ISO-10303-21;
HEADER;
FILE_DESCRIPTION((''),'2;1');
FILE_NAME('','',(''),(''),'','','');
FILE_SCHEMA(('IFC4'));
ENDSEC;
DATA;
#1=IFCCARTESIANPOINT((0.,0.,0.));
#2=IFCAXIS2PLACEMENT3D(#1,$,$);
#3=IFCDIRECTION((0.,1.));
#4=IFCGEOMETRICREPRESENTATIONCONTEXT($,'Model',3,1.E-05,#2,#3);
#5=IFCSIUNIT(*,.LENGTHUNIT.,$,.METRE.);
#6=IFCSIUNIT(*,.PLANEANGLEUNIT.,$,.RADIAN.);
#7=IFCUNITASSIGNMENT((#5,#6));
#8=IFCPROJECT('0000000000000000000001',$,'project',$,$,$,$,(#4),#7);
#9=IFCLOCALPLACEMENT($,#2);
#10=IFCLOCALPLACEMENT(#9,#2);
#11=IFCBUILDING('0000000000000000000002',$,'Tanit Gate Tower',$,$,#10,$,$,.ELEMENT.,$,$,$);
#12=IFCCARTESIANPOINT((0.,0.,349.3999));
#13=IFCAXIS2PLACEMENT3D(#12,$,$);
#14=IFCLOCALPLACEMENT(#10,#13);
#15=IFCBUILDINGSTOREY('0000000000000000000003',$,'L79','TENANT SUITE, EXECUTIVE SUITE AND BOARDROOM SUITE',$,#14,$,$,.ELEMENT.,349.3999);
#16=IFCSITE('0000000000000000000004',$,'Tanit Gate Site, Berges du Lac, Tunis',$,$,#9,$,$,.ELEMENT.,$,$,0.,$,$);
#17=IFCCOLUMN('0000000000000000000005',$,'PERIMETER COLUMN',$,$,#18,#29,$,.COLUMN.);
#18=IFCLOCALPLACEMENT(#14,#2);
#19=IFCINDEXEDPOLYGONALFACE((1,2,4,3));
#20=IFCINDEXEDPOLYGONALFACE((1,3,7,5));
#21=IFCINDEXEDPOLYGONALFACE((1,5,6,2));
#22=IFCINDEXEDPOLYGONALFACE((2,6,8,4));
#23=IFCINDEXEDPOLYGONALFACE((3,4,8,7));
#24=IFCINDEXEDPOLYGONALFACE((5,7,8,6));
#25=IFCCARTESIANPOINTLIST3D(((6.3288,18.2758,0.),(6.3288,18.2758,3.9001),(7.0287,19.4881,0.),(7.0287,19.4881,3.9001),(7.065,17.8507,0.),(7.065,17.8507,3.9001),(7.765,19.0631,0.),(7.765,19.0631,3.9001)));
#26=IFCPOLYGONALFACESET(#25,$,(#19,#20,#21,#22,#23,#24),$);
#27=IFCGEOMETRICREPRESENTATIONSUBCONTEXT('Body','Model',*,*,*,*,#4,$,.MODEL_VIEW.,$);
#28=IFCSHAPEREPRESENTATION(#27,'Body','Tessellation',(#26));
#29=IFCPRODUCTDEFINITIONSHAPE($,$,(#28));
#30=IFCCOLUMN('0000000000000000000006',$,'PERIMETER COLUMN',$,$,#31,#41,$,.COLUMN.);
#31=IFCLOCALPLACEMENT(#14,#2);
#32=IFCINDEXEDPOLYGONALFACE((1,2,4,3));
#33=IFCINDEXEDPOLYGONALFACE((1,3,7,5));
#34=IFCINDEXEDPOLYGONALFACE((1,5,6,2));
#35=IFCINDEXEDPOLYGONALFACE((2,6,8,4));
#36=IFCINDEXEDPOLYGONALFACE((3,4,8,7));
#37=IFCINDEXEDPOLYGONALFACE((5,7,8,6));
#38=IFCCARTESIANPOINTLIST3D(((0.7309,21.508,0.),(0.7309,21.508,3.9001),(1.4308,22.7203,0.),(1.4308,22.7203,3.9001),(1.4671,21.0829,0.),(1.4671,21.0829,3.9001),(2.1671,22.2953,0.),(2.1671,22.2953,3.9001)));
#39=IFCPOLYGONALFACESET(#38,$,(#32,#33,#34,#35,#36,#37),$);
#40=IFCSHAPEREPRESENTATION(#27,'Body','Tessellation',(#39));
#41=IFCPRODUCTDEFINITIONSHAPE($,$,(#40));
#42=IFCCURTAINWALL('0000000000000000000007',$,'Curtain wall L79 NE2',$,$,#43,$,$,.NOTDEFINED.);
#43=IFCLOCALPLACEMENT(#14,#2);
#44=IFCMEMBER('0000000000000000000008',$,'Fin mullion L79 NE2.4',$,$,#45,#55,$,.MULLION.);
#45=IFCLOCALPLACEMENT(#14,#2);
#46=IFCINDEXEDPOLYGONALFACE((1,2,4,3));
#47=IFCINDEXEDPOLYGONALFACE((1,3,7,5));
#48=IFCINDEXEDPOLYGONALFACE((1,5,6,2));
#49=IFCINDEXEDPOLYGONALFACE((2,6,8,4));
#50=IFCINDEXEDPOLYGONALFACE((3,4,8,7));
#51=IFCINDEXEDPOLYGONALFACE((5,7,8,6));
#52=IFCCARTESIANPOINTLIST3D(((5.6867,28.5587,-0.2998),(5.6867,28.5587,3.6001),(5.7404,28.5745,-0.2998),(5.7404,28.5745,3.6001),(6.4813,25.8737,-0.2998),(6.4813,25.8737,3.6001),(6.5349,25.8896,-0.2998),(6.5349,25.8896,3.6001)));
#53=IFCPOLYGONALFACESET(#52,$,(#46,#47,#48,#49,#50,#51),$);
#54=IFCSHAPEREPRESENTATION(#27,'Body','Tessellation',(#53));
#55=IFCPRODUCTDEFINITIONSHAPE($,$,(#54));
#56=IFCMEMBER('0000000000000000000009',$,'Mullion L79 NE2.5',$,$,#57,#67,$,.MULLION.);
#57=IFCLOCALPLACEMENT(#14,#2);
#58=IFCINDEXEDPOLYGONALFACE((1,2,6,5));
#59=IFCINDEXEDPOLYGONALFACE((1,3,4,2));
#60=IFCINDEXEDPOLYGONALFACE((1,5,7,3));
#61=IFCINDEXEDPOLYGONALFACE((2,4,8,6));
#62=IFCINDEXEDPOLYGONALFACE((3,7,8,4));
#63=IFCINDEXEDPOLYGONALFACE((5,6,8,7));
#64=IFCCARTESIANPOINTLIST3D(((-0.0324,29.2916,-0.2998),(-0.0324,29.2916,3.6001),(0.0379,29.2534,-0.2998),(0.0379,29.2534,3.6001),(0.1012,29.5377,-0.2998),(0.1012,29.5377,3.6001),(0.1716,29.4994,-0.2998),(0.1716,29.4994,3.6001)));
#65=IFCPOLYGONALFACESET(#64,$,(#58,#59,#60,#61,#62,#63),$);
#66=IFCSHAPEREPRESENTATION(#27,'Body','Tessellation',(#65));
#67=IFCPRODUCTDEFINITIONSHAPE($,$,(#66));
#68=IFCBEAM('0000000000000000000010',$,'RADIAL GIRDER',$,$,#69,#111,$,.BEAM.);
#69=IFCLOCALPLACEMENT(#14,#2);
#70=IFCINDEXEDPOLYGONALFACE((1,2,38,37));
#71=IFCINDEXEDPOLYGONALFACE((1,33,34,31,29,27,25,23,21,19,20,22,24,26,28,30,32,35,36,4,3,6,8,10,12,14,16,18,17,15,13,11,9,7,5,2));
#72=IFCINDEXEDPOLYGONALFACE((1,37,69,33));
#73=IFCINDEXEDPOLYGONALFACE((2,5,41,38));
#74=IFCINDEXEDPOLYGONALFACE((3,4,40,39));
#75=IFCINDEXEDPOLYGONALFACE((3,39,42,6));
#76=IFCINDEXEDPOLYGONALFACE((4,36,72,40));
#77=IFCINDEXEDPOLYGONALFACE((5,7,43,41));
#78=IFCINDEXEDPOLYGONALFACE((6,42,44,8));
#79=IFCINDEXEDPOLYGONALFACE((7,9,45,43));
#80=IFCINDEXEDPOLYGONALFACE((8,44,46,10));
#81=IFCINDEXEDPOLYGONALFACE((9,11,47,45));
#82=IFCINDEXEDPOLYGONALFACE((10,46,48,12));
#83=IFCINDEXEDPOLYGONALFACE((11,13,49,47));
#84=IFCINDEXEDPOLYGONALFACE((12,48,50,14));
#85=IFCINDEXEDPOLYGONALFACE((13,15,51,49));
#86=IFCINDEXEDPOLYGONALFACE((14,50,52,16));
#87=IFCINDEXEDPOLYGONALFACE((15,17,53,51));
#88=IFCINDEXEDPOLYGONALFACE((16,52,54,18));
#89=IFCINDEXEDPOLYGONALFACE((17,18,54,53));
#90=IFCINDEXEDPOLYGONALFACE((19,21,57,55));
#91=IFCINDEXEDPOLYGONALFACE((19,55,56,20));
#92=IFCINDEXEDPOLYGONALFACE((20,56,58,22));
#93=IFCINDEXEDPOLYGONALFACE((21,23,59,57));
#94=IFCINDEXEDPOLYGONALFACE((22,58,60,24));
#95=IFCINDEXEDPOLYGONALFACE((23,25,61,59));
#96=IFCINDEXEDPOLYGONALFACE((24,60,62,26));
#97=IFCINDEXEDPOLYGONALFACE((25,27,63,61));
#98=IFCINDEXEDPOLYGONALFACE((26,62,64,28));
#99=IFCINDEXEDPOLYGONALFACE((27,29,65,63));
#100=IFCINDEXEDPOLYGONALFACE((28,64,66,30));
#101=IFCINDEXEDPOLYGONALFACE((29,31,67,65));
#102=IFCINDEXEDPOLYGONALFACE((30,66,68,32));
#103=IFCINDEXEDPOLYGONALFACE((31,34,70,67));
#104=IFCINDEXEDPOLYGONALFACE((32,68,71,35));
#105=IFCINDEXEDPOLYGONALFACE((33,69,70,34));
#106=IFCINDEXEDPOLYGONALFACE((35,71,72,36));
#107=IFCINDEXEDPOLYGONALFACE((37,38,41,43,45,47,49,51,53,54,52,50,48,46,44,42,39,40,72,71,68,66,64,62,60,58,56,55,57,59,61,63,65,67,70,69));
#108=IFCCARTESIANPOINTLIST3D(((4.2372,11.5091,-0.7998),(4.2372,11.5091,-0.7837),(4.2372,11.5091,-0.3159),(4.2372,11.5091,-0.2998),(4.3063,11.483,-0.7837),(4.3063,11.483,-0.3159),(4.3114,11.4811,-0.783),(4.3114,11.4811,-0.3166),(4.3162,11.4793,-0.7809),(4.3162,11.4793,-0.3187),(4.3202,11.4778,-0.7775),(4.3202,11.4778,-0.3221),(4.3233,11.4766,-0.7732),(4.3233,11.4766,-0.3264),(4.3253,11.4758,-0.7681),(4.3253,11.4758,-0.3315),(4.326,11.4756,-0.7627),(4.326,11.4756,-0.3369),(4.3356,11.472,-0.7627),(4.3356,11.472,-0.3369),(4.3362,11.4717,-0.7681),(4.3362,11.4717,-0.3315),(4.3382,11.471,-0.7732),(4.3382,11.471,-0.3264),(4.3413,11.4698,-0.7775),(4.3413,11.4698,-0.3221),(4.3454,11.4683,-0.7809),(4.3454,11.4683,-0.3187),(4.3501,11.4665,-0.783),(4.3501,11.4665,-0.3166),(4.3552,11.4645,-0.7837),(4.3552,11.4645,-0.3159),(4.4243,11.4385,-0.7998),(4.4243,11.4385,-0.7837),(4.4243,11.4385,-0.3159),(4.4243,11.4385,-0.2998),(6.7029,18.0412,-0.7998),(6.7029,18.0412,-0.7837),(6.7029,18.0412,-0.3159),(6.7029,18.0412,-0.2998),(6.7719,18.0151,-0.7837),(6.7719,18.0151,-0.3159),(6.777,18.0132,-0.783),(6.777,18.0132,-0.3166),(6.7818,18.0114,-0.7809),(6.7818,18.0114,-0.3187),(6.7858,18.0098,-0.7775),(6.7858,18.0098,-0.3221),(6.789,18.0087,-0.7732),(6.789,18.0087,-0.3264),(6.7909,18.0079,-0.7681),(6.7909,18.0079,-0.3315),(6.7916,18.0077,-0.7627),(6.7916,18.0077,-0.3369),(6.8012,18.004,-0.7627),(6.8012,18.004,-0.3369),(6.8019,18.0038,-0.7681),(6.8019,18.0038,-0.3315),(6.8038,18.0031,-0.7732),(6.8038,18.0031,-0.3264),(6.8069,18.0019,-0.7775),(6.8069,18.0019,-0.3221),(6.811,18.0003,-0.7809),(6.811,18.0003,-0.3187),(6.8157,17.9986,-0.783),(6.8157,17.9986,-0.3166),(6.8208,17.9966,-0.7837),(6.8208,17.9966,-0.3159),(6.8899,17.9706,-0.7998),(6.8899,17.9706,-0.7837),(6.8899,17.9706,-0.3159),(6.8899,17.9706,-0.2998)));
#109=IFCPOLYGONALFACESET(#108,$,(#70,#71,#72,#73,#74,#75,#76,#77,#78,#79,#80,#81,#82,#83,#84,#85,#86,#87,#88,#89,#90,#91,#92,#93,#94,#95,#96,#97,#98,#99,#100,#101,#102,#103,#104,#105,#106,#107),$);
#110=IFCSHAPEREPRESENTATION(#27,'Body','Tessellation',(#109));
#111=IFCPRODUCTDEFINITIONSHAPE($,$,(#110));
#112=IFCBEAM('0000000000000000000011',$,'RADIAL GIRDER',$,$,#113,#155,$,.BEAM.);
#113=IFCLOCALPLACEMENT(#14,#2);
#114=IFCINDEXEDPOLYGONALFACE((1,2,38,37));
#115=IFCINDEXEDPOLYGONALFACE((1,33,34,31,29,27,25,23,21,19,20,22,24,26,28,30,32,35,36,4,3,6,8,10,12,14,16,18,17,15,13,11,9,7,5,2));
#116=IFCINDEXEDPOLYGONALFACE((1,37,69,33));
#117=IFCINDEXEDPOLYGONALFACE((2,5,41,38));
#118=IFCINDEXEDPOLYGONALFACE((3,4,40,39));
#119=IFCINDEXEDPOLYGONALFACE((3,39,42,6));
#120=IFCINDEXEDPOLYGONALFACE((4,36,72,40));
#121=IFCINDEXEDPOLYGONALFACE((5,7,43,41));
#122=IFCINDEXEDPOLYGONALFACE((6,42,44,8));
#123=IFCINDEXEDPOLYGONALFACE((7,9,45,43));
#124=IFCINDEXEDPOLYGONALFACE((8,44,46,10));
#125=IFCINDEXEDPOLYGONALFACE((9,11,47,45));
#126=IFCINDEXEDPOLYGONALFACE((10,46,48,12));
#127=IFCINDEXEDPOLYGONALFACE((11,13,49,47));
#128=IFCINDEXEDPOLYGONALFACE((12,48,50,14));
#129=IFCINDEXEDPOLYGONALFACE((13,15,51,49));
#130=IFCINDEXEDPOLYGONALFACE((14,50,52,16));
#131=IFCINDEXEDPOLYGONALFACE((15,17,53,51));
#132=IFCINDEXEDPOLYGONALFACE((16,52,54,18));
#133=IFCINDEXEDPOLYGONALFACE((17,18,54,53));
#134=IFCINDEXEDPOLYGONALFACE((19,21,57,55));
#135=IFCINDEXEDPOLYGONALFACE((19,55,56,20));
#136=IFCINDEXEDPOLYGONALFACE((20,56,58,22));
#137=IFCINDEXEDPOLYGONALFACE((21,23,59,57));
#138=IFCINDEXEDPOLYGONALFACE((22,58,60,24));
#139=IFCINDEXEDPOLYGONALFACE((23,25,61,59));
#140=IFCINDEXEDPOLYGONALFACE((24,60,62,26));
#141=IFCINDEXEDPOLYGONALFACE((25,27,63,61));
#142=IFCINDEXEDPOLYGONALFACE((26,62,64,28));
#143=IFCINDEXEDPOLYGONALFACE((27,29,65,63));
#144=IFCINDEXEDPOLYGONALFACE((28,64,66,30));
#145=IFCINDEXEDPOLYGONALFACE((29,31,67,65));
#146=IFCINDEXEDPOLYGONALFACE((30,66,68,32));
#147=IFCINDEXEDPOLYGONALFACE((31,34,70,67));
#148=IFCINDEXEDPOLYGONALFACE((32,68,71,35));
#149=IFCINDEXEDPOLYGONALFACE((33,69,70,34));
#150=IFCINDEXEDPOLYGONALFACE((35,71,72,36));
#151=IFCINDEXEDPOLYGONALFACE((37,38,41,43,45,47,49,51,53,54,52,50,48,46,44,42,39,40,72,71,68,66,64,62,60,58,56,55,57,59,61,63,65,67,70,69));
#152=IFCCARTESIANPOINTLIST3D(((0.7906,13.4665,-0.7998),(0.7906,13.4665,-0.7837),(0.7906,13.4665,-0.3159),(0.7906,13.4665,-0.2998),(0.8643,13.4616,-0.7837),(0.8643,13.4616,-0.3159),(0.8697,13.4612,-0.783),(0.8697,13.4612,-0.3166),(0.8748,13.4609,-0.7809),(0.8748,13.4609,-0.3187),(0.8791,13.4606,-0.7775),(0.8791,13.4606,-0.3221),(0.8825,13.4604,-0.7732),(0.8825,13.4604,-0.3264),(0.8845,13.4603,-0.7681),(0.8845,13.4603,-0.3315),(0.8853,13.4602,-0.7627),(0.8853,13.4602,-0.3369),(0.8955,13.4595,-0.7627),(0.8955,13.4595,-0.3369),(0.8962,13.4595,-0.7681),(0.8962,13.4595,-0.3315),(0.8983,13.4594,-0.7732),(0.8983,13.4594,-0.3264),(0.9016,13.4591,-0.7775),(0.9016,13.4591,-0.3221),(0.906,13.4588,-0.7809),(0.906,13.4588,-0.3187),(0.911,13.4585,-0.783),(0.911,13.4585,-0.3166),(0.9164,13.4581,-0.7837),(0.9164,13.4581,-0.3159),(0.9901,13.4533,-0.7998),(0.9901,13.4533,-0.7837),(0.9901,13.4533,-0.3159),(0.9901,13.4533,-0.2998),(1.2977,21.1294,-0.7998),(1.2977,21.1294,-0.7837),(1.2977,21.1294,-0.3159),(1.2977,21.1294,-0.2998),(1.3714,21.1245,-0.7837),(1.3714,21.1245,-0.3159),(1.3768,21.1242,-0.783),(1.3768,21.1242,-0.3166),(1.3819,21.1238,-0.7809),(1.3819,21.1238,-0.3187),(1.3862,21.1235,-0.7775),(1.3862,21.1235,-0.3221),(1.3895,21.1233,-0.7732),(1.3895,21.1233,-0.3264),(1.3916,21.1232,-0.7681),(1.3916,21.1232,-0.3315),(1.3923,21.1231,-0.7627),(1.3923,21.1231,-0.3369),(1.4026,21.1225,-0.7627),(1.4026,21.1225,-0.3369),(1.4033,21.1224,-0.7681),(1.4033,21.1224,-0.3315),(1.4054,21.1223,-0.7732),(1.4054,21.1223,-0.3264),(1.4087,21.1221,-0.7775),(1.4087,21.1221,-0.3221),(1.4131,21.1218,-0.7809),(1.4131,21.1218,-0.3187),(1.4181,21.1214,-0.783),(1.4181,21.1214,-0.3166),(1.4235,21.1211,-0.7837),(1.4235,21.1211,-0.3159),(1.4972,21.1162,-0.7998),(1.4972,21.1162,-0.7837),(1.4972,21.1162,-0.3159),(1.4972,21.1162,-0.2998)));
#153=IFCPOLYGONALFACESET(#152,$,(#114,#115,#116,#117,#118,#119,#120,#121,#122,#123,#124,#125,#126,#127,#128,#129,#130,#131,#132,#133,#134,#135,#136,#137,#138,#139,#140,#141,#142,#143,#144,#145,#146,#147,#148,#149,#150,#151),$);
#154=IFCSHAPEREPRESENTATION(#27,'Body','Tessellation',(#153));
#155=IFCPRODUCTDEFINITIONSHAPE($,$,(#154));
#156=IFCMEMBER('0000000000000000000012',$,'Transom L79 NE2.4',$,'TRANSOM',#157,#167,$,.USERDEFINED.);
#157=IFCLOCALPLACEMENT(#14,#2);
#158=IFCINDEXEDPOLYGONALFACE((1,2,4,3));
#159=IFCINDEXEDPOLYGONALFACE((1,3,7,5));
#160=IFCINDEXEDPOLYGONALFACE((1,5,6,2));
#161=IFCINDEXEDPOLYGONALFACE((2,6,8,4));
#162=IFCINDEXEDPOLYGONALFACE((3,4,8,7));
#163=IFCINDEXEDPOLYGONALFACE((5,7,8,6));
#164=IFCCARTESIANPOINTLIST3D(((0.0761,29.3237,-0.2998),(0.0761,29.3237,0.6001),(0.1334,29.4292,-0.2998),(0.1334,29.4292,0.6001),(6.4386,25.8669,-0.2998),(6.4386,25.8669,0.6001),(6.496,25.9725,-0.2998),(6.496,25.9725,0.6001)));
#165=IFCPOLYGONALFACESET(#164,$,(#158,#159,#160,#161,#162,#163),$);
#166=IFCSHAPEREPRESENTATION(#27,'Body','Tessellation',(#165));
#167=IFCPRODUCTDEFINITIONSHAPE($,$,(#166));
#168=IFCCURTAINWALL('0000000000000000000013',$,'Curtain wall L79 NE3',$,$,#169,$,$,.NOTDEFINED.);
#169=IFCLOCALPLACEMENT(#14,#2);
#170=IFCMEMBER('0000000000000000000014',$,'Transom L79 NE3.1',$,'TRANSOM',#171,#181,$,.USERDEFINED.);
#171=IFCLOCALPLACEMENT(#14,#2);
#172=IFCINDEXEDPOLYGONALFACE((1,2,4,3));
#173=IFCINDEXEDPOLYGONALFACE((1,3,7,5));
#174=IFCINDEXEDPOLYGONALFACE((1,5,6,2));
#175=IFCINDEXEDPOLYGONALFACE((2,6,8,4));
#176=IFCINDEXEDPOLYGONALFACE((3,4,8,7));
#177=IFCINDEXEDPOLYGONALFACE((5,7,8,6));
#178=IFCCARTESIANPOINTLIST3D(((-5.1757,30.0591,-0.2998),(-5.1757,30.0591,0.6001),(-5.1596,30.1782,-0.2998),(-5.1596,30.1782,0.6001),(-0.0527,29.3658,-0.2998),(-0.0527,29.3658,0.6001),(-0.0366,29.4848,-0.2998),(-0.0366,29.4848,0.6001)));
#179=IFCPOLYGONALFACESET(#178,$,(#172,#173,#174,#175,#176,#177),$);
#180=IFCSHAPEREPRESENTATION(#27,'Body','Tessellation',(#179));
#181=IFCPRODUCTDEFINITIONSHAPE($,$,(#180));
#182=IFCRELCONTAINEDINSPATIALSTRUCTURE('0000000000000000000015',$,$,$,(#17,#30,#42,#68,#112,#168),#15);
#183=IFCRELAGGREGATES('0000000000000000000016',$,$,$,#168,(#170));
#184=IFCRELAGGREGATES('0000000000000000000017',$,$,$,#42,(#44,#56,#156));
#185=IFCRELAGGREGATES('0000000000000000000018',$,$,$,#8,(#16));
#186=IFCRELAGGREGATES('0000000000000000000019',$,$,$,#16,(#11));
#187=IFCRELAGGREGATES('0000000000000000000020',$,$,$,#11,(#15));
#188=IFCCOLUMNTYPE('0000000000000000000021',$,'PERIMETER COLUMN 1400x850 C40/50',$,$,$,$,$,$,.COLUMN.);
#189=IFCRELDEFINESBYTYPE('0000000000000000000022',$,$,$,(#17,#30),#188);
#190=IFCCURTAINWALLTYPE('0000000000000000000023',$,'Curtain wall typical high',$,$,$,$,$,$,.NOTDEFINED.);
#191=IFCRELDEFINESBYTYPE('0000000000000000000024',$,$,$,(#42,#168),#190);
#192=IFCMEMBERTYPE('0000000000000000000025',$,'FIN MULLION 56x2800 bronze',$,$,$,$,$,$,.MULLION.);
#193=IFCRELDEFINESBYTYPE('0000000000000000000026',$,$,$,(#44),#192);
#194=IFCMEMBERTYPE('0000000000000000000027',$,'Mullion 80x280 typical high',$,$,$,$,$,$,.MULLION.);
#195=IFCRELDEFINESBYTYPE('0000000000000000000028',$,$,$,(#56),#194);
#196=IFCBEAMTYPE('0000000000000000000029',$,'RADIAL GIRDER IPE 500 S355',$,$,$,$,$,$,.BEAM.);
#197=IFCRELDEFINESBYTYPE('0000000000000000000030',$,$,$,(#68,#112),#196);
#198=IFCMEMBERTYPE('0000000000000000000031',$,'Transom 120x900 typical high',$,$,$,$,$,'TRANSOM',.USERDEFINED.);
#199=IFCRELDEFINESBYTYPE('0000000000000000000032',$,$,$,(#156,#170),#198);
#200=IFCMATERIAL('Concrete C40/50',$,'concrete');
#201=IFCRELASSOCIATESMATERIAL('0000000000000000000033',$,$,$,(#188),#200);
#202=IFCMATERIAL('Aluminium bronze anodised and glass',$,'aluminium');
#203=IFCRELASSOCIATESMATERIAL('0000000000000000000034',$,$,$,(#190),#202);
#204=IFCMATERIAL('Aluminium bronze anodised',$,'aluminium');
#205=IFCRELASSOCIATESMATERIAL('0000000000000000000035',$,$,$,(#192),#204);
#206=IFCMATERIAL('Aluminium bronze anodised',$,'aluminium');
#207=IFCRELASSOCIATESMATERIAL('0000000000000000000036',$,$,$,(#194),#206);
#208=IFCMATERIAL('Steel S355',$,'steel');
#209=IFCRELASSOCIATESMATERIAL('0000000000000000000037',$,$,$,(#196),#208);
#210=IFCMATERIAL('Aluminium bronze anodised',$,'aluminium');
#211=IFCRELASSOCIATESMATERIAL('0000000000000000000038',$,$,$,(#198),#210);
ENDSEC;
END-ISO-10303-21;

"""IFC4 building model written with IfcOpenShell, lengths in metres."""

from ifc_helpers import new_model, si_unit, direction, frame, origin, origin_2d, place, context, subcontext, project, spatial, rectangle, i_section, extrude, material, material_profile, profile_set, type_object, element, aggregate, save


model = new_model("IFC4")

# Units and contexts
model_context = context("Model", 3, precision=1e-05, world=origin(), true_north=direction((0.0, 1.0)))
body_context = subcontext(model_context, "Body", "Model", "MODEL_VIEW")
ifc_project = project(units=[si_unit("LENGTHUNIT", "METRE"), si_unit("PLANEANGLEUNIT", "RADIAN")], contexts=[model_context])

# Site, building, storey
site_placement = place(None, origin())
site = spatial("IfcSite", under=ifc_project, at=site_placement, Name="Tanit Gate Site, Berges du Lac, Tunis", CompositionType="ELEMENT", RefElevation=0.0)
building_placement = place(site_placement, origin())
building = spatial("IfcBuilding", under=site, at=building_placement, Name="Tanit Gate Tower", CompositionType="ELEMENT")
storey_placement = place(building_placement, frame((0.0, 0.0, 349.3999)))
storey = spatial("IfcBuildingStorey", under=building, at=storey_placement, Name="L79", Description="TENANT SUITE, EXECUTIVE SUITE AND BOARDROOM SUITE", CompositionType="ELEMENT", Elevation=349.3999)

# Columns
ifc_material_1 = material(Name="Concrete C40/50", Category="concrete")
ifc_material_profile_1 = material_profile(ifc_material_1, rectangle(XDim=1.3999, YDim=0.8501, at=origin_2d()), Name="RC 1400x850")
ifc_profile_set_1 = profile_set([ifc_material_profile_1], Name="Concrete C40/50")
column_type = type_object("IfcColumnType", Name="PERIMETER COLUMN 1400x850 C40/50", PredefinedType="COLUMN", material=ifc_profile_set_1)
for number, where, z_axis, x_axis, name in (
    (1, (7.0469, 18.6694, 0.0), (0.0, 0.0, 1.0), (0.5, 0.866025, 0.0), "PERIMETER COLUMN"),
    (2, (1.449, 21.9016, 0.0), (0.0, 0.0, 1.0), (0.5, 0.866025, 0.0), "PERIMETER COLUMN"),
):
    element("IfcColumn", number, at=place(storey_placement, frame(where, z_axis=z_axis, x_axis=x_axis)), inside=storey, type_object=column_type, Name=name, PredefinedType="COLUMN", context=body_context, shape_type="SweptSolid", body=[
        extrude(rectangle(XDim=1.3999, YDim=0.8501, at=origin_2d()), origin(), (0.0, 0.0, 1.0), 3.9001),
    ])

# Curtain wall, members
ifc_material_2 = material(Name="Aluminium bronze anodised and glass", Category="aluminium")
curtain_wall_type = type_object("IfcCurtainWallType", Name="Curtain wall typical high", PredefinedType="NOTDEFINED", material=ifc_material_2)
curtain_wall_1_placement = place(storey_placement, origin())
curtain_wall_1 = element("IfcCurtainWall", 3, at=curtain_wall_1_placement, inside=storey, type_object=curtain_wall_type, Name="Curtain wall L79 NE2", PredefinedType="NOTDEFINED")
ifc_material_3 = material(Name="Aluminium bronze anodised", Category="aluminium")
ifc_material_profile_2 = material_profile(ifc_material_3, rectangle(XDim=2.8, YDim=0.0559, at=origin_2d()), Name="56x2800 bronze fin mullion")
ifc_profile_set_2 = profile_set([ifc_material_profile_2], Name="Aluminium bronze anodised")
member_type_1 = type_object("IfcMemberType", Name="FIN MULLION 56x2800 bronze", PredefinedType="MULLION", material=ifc_profile_set_2)
member_1_placement = place(storey_placement, frame((6.1108, 27.2241, -0.2998), z_axis=(0.0, 0.0, 1.0), x_axis=(0.283773, -0.958892, 0.0)))
member_1 = element("IfcMember", 4, at=member_1_placement, type_object=member_type_1, Name="Fin mullion L79 NE2.4", PredefinedType="MULLION", context=body_context, shape_type="SweptSolid", body=[
    extrude(rectangle(XDim=2.8, YDim=0.0559, at=origin_2d()), origin(), (0.0, 0.0, 1.0), 3.8999),
])
ifc_material_4 = material(Name="Aluminium bronze anodised", Category="aluminium")
ifc_material_profile_3 = material_profile(ifc_material_4, rectangle(XDim=0.28, YDim=0.0801, at=origin_2d()), Name="80x280 bronze mullion")
ifc_profile_set_3 = profile_set([ifc_material_profile_3], Name="Aluminium bronze anodised")
member_type_2 = type_object("IfcMemberType", Name="Mullion 80x280 typical high", PredefinedType="MULLION", material=ifc_profile_set_3)
member_2_placement = place(storey_placement, frame((0.0696, 29.3955, -0.2998), z_axis=(0.0, 0.0, 1.0), x_axis=(-0.477381, -0.878696, 0.0)))
member_2 = element("IfcMember", 5, at=member_2_placement, type_object=member_type_2, Name="Mullion L79 NE2.5", PredefinedType="MULLION", context=body_context, shape_type="SweptSolid", body=[
    extrude(rectangle(XDim=0.28, YDim=0.0801, at=origin_2d()), origin(), (0.0, 0.0, 1.0), 3.8999),
])

# Beams
ifc_material_5 = material(Name="Steel S355", Category="steel")
ifc_material_profile_4 = material_profile(ifc_material_5, i_section(OverallWidth=0.2, OverallDepth=0.5, WebThickness=0.0103, FlangeThickness=0.0161, FilletRadius=0.021, at=origin_2d()), Name="IPE 500")
ifc_profile_set_4 = profile_set([ifc_material_profile_4], Name="Steel S355")
beam_type = type_object("IfcBeamType", Name="RADIAL GIRDER IPE 500 S355", PredefinedType="BEAM", material=ifc_profile_set_4)
beam_1_placement = place(storey_placement, frame((6.7964, 18.0059, -0.5498), z_axis=(-0.353142, -0.93557, 0.0), x_axis=(0.93557, -0.353142, 0.0)))
element("IfcBeam", 6, at=beam_1_placement, inside=storey, type_object=beam_type, Name="RADIAL GIRDER", PredefinedType="BEAM", context=body_context, shape_type="SweptSolid", body=[
    extrude(i_section(OverallWidth=0.2, OverallDepth=0.5, WebThickness=0.0103, FlangeThickness=0.0161, FilletRadius=0.021, at=origin_2d()), origin(), (0.0, 0.0, 1.0), 6.9819),
])
beam_2_placement = place(storey_placement, frame((1.3975, 21.1228, -0.5498), z_axis=(-0.066029, -0.997818, 0.0), x_axis=(0.997818, -0.066029, 0.0)))
element("IfcBeam", 7, at=beam_2_placement, inside=storey, type_object=beam_type, Name="RADIAL GIRDER", PredefinedType="BEAM", context=body_context, shape_type="SweptSolid", body=[
    extrude(i_section(OverallWidth=0.2, OverallDepth=0.5, WebThickness=0.0103, FlangeThickness=0.0161, FilletRadius=0.021, at=origin_2d()), origin(), (0.0, 0.0, 1.0), 7.6797),
])

# Member
ifc_material_6 = material(Name="Aluminium bronze anodised", Category="aluminium")
ifc_material_profile_5 = material_profile(ifc_material_6, rectangle(XDim=0.1201, YDim=0.8999, at=origin_2d()), Name="120x900 bronze transom")
ifc_profile_set_5 = profile_set([ifc_material_profile_5], Name="Aluminium bronze anodised")
member_type_3 = type_object("IfcMemberType", Name="Transom 120x900 typical high", ElementType="TRANSOM", PredefinedType="USERDEFINED", material=ifc_profile_set_5)
member_3_placement = place(storey_placement, frame((6.4673, 25.9197, 0.1501), z_axis=(-0.878689, 0.477394, 0.0), x_axis=(-0.477394, -0.878689, 0.0)))
member_3 = element("IfcMember", 8, at=member_3_placement, type_object=member_type_3, Name="Transom L79 NE2.4", ObjectType="TRANSOM", PredefinedType="USERDEFINED", context=body_context, shape_type="SweptSolid", body=[
    extrude(rectangle(XDim=0.1201, YDim=0.8999, at=origin_2d()), origin(), (0.0, 0.0, 1.0), 7.241),
])

# Curtain wall, member
curtain_wall_2_placement = place(storey_placement, origin())
curtain_wall_2 = element("IfcCurtainWall", 9, at=curtain_wall_2_placement, inside=storey, type_object=curtain_wall_type, Name="Curtain wall L79 NE3", PredefinedType="NOTDEFINED")
member_4_placement = place(storey_placement, frame((-0.0447, 29.4253, 0.1501), z_axis=(-0.990965, 0.134118, 0.0), x_axis=(-0.134118, -0.990965, 0.0)))
member_4 = element("IfcMember", 10, at=member_4_placement, type_object=member_type_3, Name="Transom L79 NE3.1", ObjectType="TRANSOM", PredefinedType="USERDEFINED", context=body_context, shape_type="SweptSolid", body=[
    extrude(rectangle(XDim=0.1201, YDim=0.8999, at=origin_2d()), origin(), (0.0, 0.0, 1.0), 5.1697),
])
aggregate(curtain_wall_2, [member_4])

aggregate(curtain_wall_1, [member_1, member_2, member_3])

save(model, "model.ifc")
